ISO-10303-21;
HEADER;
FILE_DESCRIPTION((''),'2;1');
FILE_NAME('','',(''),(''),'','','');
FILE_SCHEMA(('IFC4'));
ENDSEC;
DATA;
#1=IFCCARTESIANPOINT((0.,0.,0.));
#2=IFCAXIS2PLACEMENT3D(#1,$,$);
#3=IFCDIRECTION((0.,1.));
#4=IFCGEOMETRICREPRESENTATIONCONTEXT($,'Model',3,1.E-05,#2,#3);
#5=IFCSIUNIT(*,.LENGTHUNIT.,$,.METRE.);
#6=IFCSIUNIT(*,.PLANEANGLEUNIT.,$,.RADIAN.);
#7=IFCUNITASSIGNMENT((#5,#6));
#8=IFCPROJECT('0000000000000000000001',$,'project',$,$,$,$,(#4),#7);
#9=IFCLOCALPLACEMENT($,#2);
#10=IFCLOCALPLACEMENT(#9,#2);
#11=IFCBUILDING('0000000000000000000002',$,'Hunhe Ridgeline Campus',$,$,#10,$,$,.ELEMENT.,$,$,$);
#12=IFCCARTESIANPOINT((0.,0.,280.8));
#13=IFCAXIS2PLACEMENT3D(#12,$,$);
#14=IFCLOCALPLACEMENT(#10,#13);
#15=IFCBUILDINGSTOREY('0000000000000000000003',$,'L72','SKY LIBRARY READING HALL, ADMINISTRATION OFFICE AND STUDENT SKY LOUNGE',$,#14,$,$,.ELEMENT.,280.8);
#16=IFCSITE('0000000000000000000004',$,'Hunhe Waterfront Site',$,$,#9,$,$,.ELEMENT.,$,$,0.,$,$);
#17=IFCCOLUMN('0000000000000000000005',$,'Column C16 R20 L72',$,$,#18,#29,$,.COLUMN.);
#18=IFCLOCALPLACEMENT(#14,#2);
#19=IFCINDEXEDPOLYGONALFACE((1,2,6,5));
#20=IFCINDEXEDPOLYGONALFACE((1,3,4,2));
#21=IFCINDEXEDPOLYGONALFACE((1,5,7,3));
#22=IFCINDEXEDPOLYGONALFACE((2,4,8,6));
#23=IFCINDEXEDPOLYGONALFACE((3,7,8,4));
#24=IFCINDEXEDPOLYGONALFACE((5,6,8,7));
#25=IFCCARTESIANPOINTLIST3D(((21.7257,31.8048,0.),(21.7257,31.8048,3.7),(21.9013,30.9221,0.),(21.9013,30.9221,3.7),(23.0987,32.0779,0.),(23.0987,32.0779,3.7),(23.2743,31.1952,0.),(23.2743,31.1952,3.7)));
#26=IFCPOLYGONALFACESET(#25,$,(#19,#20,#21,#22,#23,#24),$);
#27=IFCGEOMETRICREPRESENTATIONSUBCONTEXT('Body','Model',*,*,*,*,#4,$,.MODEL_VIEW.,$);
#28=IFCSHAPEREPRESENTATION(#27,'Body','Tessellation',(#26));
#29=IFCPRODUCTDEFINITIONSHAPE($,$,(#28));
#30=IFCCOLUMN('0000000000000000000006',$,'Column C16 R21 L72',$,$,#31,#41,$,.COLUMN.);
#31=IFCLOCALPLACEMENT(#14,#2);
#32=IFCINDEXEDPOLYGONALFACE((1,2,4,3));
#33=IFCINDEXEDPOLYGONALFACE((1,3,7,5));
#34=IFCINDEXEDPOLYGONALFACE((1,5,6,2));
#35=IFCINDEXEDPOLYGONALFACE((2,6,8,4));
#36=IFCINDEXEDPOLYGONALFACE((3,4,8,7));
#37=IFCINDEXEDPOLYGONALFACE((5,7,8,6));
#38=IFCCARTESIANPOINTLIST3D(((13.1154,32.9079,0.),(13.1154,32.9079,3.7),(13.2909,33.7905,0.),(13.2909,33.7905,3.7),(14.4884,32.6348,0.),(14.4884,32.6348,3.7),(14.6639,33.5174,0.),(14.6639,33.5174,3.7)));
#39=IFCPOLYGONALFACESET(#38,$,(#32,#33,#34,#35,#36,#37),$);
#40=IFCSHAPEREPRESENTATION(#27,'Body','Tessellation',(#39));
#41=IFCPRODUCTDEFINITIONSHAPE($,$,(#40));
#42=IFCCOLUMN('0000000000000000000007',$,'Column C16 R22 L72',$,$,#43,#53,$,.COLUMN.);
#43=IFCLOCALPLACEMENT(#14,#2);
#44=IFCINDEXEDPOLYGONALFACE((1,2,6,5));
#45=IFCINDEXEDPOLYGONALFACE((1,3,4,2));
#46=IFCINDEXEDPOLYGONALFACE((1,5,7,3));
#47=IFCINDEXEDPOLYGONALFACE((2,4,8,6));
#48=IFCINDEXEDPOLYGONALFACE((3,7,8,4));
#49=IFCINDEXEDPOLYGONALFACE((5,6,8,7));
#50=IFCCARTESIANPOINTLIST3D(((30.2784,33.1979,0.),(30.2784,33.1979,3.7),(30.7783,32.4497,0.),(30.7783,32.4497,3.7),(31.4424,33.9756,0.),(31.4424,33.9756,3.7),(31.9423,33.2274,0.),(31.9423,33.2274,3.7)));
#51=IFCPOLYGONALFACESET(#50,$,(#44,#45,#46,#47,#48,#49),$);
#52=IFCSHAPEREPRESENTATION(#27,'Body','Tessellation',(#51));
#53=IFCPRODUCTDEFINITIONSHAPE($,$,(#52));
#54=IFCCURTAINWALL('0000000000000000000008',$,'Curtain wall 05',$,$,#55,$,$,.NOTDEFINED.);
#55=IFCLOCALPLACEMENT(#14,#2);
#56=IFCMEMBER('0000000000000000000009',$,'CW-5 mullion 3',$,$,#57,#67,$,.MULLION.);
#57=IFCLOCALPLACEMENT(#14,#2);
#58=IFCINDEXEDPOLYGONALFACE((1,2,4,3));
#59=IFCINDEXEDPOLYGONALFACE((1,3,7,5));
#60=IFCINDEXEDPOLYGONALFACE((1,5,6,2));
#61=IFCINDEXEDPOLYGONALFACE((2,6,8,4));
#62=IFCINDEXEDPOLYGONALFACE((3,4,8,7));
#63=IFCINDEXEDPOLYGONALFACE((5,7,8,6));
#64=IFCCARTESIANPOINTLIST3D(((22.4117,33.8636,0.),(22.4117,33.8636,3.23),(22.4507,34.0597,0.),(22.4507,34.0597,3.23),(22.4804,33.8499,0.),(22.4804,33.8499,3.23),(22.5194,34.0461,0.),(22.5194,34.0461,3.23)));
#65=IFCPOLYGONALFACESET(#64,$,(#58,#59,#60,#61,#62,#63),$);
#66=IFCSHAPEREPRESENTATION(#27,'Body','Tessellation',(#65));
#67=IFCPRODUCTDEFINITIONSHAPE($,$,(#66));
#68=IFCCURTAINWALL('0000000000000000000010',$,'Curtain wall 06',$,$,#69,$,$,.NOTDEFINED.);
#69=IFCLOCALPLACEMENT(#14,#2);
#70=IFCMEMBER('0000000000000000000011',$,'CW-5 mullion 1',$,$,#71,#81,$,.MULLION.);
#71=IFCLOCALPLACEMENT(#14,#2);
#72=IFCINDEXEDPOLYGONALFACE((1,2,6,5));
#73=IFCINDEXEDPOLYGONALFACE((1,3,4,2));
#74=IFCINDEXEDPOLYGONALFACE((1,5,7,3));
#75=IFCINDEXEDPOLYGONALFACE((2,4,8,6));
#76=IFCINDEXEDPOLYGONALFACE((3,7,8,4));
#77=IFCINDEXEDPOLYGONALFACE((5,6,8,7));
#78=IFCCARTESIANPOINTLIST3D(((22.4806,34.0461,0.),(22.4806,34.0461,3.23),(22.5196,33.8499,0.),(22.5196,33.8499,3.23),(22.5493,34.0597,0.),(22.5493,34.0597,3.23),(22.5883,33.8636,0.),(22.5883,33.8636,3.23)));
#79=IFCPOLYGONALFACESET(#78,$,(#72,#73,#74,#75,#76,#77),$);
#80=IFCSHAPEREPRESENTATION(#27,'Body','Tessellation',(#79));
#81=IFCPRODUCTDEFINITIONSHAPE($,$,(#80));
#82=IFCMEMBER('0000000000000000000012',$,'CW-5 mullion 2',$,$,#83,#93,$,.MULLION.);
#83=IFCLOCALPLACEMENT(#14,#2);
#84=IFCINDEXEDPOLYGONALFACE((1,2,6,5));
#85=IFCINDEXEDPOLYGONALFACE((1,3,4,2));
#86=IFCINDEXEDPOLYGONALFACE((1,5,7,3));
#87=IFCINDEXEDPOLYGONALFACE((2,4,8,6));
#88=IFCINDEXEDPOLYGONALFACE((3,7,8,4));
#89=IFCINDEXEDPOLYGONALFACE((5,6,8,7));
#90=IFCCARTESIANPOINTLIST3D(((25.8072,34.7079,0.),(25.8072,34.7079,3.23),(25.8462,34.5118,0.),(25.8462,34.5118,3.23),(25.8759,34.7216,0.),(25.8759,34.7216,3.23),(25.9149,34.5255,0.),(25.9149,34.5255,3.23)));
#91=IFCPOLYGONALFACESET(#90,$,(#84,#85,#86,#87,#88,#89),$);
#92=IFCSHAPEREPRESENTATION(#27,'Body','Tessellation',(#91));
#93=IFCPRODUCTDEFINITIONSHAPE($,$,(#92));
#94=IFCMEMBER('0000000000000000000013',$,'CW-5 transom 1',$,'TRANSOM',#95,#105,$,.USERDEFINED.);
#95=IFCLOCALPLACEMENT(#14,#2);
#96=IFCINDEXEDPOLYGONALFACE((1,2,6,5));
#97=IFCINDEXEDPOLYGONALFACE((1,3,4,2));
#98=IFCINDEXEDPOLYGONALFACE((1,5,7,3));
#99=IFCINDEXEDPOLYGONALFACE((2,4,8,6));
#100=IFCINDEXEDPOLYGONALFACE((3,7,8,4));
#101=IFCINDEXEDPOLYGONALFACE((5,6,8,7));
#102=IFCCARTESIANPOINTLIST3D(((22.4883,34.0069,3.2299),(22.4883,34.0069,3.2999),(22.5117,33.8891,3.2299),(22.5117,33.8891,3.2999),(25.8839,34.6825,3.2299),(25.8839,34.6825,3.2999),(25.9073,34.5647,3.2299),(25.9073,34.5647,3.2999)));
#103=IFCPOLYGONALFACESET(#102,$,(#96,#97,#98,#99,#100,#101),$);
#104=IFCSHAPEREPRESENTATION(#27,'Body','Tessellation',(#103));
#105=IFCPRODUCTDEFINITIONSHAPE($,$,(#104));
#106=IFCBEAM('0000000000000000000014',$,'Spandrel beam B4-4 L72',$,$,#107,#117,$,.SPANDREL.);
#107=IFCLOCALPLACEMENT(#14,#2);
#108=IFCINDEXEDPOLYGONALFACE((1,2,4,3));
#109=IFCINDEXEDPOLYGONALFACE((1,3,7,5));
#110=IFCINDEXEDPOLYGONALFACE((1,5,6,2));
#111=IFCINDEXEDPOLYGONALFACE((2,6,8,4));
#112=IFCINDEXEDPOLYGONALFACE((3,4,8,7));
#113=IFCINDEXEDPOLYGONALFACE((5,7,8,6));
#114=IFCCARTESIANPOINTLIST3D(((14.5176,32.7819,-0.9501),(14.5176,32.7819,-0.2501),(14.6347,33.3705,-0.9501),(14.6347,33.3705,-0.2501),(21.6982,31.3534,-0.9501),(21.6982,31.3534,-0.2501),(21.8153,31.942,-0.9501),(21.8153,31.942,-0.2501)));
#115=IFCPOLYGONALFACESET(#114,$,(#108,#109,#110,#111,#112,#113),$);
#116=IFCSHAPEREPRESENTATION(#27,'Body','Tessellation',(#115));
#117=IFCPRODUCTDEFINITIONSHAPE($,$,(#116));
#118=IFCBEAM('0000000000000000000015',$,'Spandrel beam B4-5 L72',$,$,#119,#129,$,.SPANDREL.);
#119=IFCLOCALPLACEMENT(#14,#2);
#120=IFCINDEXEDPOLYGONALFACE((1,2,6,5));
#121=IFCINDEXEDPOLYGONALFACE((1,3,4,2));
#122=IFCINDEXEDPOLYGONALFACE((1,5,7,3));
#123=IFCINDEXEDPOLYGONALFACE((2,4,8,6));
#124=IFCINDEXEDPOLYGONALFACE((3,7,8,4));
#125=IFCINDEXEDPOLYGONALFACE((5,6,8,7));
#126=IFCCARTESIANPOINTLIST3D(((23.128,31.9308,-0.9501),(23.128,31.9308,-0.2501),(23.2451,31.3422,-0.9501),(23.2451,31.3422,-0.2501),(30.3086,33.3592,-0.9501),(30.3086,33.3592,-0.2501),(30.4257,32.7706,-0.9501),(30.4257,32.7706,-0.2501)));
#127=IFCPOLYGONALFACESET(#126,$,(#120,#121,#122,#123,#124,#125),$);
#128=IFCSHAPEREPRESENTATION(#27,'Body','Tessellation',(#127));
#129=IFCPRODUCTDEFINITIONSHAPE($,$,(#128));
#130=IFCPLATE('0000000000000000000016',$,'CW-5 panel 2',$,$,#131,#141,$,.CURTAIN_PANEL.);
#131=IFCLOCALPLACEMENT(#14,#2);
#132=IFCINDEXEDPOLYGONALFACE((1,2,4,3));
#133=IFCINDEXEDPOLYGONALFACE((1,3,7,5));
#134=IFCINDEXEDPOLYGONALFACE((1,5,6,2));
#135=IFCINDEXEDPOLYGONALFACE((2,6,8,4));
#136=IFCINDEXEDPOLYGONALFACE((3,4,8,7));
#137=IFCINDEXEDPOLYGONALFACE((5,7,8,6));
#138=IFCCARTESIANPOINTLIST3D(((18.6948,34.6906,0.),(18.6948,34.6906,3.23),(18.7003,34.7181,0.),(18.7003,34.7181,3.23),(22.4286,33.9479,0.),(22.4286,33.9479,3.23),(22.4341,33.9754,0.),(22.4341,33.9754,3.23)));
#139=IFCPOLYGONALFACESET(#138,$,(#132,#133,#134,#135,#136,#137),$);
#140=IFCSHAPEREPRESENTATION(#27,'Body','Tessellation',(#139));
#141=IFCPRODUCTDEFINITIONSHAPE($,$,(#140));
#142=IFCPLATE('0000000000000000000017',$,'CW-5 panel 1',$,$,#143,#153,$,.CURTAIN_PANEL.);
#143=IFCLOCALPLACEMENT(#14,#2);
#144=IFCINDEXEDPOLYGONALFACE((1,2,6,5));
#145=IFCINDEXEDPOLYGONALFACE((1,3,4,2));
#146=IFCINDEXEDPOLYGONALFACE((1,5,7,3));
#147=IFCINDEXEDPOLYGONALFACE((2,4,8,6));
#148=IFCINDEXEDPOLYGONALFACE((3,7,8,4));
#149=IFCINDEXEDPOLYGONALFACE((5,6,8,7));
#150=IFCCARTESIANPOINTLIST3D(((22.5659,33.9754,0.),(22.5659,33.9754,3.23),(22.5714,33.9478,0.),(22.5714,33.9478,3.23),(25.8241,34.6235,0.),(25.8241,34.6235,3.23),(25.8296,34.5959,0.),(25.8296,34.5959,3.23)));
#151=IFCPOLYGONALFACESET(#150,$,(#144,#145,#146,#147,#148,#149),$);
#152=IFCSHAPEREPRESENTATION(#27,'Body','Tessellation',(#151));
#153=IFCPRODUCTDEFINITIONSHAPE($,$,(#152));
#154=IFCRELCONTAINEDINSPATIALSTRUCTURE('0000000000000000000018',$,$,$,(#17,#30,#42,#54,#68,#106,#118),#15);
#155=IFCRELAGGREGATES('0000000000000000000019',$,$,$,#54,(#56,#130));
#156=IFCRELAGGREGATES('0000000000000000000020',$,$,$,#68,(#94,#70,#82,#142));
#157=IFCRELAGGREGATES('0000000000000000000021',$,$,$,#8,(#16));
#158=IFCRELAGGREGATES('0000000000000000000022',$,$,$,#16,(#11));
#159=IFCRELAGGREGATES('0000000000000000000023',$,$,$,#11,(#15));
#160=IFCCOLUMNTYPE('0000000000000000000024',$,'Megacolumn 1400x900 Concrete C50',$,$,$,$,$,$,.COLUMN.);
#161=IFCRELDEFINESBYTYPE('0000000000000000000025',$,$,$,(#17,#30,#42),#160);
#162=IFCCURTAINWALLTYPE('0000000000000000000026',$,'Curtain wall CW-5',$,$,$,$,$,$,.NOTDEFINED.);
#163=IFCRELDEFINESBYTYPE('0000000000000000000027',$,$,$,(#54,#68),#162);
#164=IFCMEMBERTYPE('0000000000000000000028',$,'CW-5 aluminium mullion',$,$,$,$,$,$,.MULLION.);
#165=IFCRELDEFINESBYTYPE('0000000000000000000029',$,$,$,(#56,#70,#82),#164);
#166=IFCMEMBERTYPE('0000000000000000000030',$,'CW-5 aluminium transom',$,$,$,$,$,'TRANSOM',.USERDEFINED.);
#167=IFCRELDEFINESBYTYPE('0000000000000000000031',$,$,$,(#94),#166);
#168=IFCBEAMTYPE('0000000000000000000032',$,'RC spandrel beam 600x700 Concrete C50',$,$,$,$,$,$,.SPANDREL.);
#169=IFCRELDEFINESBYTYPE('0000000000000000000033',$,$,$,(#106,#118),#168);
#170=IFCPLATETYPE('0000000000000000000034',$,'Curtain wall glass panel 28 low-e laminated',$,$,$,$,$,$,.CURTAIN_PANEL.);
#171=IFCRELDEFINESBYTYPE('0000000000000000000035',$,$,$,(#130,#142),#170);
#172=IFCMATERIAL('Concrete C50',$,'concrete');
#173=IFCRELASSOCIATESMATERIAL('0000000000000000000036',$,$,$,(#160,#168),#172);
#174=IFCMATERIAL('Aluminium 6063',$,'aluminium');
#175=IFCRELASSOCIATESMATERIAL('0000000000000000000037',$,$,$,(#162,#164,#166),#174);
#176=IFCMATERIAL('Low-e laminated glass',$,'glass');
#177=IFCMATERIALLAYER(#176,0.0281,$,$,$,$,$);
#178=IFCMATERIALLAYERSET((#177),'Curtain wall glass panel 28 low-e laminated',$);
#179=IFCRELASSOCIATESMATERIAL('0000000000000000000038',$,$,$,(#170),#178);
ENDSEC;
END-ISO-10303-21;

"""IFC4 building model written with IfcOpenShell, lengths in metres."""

from ifc_helpers import new_model, si_unit, direction, frame, origin, origin_2d, place, context, subcontext, project, spatial, rectangle, extrude, material, layer, layer_set, material_profile, profile_set, type_object, element, aggregate, save


model = new_model("IFC4")

# Units and contexts
model_context = context("Model", 3, precision=1e-05, world=origin(), true_north=direction((0.0, 1.0)))
body_context = subcontext(model_context, "Body", "Model", "MODEL_VIEW")
ifc_project = project(units=[si_unit("LENGTHUNIT", "METRE"), si_unit("PLANEANGLEUNIT", "RADIAN")], contexts=[model_context])

# Site, building, storey
site_placement = place(None, origin())
site = spatial("IfcSite", under=ifc_project, at=site_placement, Name="Hunhe Waterfront Site", CompositionType="ELEMENT", RefElevation=0.0)
building_placement = place(site_placement, origin())
building = spatial("IfcBuilding", under=site, at=building_placement, Name="Hunhe Ridgeline Campus", CompositionType="ELEMENT")
storey_placement = place(building_placement, frame((0.0, 0.0, 280.8)))
storey = spatial("IfcBuildingStorey", under=building, at=storey_placement, Name="L72", Description="SKY LIBRARY READING HALL, ADMINISTRATION OFFICE AND STUDENT SKY LOUNGE", CompositionType="ELEMENT", Elevation=280.8)

# Columns
ifc_material_1 = material(Name="Concrete C50", Category="concrete")
ifc_material_profile_1 = material_profile(ifc_material_1, rectangle(XDim=1.3999, YDim=0.8999, at=origin_2d()))
ifc_profile_set_1 = profile_set([ifc_material_profile_1], Name="Concrete C50")
column_type = type_object("IfcColumnType", Name="Megacolumn 1400x900 Concrete C50", PredefinedType="COLUMN", material=ifc_profile_set_1)
for number, where, z_axis, x_axis, name in (
    (1, (22.5, 31.5, 0.0), (0.0, 0.0, 1.0), (0.980785, 0.19509, 0.0), "Column C16 R20 L72"),
    (2, (13.8896, 33.2126, 0.0), (0.0, 0.0, 1.0), (-0.980785, 0.19509, 0.0), "Column C16 R21 L72"),
    (3, (31.1104, 33.2126, 0.0), (0.0, 0.0, 1.0), (0.83147, 0.55557, 0.0), "Column C16 R22 L72"),
):
    element("IfcColumn", number, at=place(storey_placement, frame(where, z_axis=z_axis, x_axis=x_axis)), inside=storey, type_object=column_type, Name=name, PredefinedType="COLUMN", context=body_context, shape_type="SweptSolid", body=[
        extrude(rectangle(XDim=1.3999, YDim=0.8999, at=origin_2d()), origin(), (0.0, 0.0, 1.0), 3.7),
    ])

# Curtain wall, member
ifc_material_2 = material(Name="Aluminium 6063", Category="aluminium")
curtain_wall_type = type_object("IfcCurtainWallType", Name="Curtain wall CW-5", PredefinedType="NOTDEFINED", material=ifc_material_2)
curtain_wall_1_placement = place(storey_placement, origin())
curtain_wall_1 = element("IfcCurtainWall", 4, at=curtain_wall_1_placement, inside=storey, type_object=curtain_wall_type, Name="Curtain wall 05", PredefinedType="NOTDEFINED")
ifc_material_profile_2 = material_profile(ifc_material_2, rectangle(XDim=0.2, YDim=0.0701, at=origin_2d()))
ifc_profile_set_2 = profile_set([ifc_material_profile_2], Name="Aluminium 6063")
member_type_1 = type_object("IfcMemberType", Name="CW-5 aluminium mullion", PredefinedType="MULLION", material=ifc_profile_set_2)
member_1_placement = place(storey_placement, frame((22.4656, 33.9548, 0.0), z_axis=(0.0, 0.0, 1.0), x_axis=(0.19509, 0.980785, 0.0)))
member_1 = element("IfcMember", 5, at=member_1_placement, type_object=member_type_1, Name="CW-5 mullion 3", PredefinedType="MULLION", context=body_context, shape_type="SweptSolid", body=[
    extrude(rectangle(XDim=0.2, YDim=0.0701, at=origin_2d()), origin(), (0.0, 0.0, 1.0), 3.23),
])

# Curtain wall, members
curtain_wall_2_placement = place(storey_placement, origin())
curtain_wall_2 = element("IfcCurtainWall", 6, at=curtain_wall_2_placement, inside=storey, type_object=curtain_wall_type, Name="Curtain wall 06", PredefinedType="NOTDEFINED")
member_2_placement = place(storey_placement, frame((22.5344, 33.9548, 0.0), z_axis=(0.0, 0.0, 1.0), x_axis=(-0.19509, 0.980785, 0.0)))
member_2 = element("IfcMember", 7, at=member_2_placement, type_object=member_type_1, Name="CW-5 mullion 1", PredefinedType="MULLION", context=body_context, shape_type="SweptSolid", body=[
    extrude(rectangle(XDim=0.2, YDim=0.0701, at=origin_2d()), origin(), (0.0, 0.0, 1.0), 3.23),
])
member_3_placement = place(storey_placement, frame((25.8611, 34.6167, 0.0), z_axis=(0.0, 0.0, 1.0), x_axis=(-0.19509, 0.980785, 0.0)))
member_3 = element("IfcMember", 8, at=member_3_placement, type_object=member_type_1, Name="CW-5 mullion 2", PredefinedType="MULLION", context=body_context, shape_type="SweptSolid", body=[
    extrude(rectangle(XDim=0.2, YDim=0.0701, at=origin_2d()), origin(), (0.0, 0.0, 1.0), 3.23),
])
ifc_material_profile_3 = material_profile(ifc_material_2, rectangle(XDim=0.1201, YDim=0.0701, at=origin_2d()))
ifc_profile_set_3 = profile_set([ifc_material_profile_3], Name="Aluminium 6063")
member_type_2 = type_object("IfcMemberType", Name="CW-5 aluminium transom", ElementType="TRANSOM", PredefinedType="USERDEFINED", material=ifc_profile_set_3)
member_4_placement = place(storey_placement, frame((22.5, 33.948, 3.2649), z_axis=(0.980778, 0.195126, 0.0), x_axis=(-0.195126, 0.980778, 0.0)))
member_4 = element("IfcMember", 9, at=member_4_placement, type_object=member_type_2, Name="CW-5 transom 1", ObjectType="TRANSOM", PredefinedType="USERDEFINED", context=body_context, shape_type="SweptSolid", body=[
    extrude(rectangle(XDim=0.1201, YDim=0.0701, at=origin_2d()), origin(), (0.0, 0.0, 1.0), 3.4622),
])

# Beams
ifc_material_profile_4 = material_profile(ifc_material_1, rectangle(XDim=0.6001, YDim=0.7, at=origin_2d()))
ifc_profile_set_4 = profile_set([ifc_material_profile_4], Name="Concrete C50")
beam_type = type_object("IfcBeamType", Name="RC spandrel beam 600x700 Concrete C50", PredefinedType="SPANDREL", material=ifc_profile_set_4)
for number, where, z_axis, x_axis, name in (
    (10, (14.5762, 33.0762, -0.6001), (0.980782, -0.195109, 0.0), (0.195109, 0.980782, 0.0), "Spandrel beam B4-4 L72"),
    (11, (23.1865, 31.6365, -0.6001), (0.980782, 0.195109, 0.0), (-0.195109, 0.980782, 0.0), "Spandrel beam B4-5 L72"),
):
    element("IfcBeam", number, at=place(storey_placement, frame(where, z_axis=z_axis, x_axis=x_axis)), inside=storey, type_object=beam_type, Name=name, PredefinedType="SPANDREL", context=body_context, shape_type="SweptSolid", body=[
        extrude(rectangle(XDim=0.6001, YDim=0.7, at=origin_2d()), origin(), (0.0, 0.0, 1.0), 7.3213),
    ])

# Plates
ifc_material_3 = material(Name="Low-e laminated glass", Category="glass")
ifc_layer_1 = layer(ifc_material_3, 0.0281)
ifc_layer_set_1 = layer_set([ifc_layer_1], Name="Curtain wall glass panel 28 low-e laminated")
plate_type = type_object("IfcPlateType", Name="Curtain wall glass panel 28 low-e laminated", PredefinedType="CURTAIN_PANEL", material=ifc_layer_set_1)
plate_1_placement = place(storey_placement, frame((20.5645, 34.333, 0.0), z_axis=(0.0, 0.0, 1.0), x_axis=(0.980785, -0.19509, 0.0)))
plate_1 = element("IfcPlate", 12, at=plate_1_placement, type_object=plate_type, Name="CW-5 panel 2", PredefinedType="CURTAIN_PANEL", context=body_context, shape_type="SweptSolid", body=[
    extrude(rectangle(XDim=3.8069, YDim=0.0281, at=origin_2d()), origin(), (0.0, 0.0, 1.0), 3.23),
])
aggregate(curtain_wall_1, [member_1, plate_1])
plate_2_placement = place(storey_placement, frame((24.1978, 34.2856, 0.0), z_axis=(0.0, 0.0, 1.0), x_axis=(0.980785, 0.19509, 0.0)))
plate_2 = element("IfcPlate", 13, at=plate_2_placement, type_object=plate_type, Name="CW-5 panel 1", PredefinedType="CURTAIN_PANEL", context=body_context, shape_type="SweptSolid", body=[
    extrude(rectangle(XDim=3.322, YDim=0.0281, at=origin_2d()), origin(), (0.0, 0.0, 1.0), 3.23),
])
aggregate(curtain_wall_2, [member_4, member_2, member_3, plate_2])

save(model, "model.ifc")
